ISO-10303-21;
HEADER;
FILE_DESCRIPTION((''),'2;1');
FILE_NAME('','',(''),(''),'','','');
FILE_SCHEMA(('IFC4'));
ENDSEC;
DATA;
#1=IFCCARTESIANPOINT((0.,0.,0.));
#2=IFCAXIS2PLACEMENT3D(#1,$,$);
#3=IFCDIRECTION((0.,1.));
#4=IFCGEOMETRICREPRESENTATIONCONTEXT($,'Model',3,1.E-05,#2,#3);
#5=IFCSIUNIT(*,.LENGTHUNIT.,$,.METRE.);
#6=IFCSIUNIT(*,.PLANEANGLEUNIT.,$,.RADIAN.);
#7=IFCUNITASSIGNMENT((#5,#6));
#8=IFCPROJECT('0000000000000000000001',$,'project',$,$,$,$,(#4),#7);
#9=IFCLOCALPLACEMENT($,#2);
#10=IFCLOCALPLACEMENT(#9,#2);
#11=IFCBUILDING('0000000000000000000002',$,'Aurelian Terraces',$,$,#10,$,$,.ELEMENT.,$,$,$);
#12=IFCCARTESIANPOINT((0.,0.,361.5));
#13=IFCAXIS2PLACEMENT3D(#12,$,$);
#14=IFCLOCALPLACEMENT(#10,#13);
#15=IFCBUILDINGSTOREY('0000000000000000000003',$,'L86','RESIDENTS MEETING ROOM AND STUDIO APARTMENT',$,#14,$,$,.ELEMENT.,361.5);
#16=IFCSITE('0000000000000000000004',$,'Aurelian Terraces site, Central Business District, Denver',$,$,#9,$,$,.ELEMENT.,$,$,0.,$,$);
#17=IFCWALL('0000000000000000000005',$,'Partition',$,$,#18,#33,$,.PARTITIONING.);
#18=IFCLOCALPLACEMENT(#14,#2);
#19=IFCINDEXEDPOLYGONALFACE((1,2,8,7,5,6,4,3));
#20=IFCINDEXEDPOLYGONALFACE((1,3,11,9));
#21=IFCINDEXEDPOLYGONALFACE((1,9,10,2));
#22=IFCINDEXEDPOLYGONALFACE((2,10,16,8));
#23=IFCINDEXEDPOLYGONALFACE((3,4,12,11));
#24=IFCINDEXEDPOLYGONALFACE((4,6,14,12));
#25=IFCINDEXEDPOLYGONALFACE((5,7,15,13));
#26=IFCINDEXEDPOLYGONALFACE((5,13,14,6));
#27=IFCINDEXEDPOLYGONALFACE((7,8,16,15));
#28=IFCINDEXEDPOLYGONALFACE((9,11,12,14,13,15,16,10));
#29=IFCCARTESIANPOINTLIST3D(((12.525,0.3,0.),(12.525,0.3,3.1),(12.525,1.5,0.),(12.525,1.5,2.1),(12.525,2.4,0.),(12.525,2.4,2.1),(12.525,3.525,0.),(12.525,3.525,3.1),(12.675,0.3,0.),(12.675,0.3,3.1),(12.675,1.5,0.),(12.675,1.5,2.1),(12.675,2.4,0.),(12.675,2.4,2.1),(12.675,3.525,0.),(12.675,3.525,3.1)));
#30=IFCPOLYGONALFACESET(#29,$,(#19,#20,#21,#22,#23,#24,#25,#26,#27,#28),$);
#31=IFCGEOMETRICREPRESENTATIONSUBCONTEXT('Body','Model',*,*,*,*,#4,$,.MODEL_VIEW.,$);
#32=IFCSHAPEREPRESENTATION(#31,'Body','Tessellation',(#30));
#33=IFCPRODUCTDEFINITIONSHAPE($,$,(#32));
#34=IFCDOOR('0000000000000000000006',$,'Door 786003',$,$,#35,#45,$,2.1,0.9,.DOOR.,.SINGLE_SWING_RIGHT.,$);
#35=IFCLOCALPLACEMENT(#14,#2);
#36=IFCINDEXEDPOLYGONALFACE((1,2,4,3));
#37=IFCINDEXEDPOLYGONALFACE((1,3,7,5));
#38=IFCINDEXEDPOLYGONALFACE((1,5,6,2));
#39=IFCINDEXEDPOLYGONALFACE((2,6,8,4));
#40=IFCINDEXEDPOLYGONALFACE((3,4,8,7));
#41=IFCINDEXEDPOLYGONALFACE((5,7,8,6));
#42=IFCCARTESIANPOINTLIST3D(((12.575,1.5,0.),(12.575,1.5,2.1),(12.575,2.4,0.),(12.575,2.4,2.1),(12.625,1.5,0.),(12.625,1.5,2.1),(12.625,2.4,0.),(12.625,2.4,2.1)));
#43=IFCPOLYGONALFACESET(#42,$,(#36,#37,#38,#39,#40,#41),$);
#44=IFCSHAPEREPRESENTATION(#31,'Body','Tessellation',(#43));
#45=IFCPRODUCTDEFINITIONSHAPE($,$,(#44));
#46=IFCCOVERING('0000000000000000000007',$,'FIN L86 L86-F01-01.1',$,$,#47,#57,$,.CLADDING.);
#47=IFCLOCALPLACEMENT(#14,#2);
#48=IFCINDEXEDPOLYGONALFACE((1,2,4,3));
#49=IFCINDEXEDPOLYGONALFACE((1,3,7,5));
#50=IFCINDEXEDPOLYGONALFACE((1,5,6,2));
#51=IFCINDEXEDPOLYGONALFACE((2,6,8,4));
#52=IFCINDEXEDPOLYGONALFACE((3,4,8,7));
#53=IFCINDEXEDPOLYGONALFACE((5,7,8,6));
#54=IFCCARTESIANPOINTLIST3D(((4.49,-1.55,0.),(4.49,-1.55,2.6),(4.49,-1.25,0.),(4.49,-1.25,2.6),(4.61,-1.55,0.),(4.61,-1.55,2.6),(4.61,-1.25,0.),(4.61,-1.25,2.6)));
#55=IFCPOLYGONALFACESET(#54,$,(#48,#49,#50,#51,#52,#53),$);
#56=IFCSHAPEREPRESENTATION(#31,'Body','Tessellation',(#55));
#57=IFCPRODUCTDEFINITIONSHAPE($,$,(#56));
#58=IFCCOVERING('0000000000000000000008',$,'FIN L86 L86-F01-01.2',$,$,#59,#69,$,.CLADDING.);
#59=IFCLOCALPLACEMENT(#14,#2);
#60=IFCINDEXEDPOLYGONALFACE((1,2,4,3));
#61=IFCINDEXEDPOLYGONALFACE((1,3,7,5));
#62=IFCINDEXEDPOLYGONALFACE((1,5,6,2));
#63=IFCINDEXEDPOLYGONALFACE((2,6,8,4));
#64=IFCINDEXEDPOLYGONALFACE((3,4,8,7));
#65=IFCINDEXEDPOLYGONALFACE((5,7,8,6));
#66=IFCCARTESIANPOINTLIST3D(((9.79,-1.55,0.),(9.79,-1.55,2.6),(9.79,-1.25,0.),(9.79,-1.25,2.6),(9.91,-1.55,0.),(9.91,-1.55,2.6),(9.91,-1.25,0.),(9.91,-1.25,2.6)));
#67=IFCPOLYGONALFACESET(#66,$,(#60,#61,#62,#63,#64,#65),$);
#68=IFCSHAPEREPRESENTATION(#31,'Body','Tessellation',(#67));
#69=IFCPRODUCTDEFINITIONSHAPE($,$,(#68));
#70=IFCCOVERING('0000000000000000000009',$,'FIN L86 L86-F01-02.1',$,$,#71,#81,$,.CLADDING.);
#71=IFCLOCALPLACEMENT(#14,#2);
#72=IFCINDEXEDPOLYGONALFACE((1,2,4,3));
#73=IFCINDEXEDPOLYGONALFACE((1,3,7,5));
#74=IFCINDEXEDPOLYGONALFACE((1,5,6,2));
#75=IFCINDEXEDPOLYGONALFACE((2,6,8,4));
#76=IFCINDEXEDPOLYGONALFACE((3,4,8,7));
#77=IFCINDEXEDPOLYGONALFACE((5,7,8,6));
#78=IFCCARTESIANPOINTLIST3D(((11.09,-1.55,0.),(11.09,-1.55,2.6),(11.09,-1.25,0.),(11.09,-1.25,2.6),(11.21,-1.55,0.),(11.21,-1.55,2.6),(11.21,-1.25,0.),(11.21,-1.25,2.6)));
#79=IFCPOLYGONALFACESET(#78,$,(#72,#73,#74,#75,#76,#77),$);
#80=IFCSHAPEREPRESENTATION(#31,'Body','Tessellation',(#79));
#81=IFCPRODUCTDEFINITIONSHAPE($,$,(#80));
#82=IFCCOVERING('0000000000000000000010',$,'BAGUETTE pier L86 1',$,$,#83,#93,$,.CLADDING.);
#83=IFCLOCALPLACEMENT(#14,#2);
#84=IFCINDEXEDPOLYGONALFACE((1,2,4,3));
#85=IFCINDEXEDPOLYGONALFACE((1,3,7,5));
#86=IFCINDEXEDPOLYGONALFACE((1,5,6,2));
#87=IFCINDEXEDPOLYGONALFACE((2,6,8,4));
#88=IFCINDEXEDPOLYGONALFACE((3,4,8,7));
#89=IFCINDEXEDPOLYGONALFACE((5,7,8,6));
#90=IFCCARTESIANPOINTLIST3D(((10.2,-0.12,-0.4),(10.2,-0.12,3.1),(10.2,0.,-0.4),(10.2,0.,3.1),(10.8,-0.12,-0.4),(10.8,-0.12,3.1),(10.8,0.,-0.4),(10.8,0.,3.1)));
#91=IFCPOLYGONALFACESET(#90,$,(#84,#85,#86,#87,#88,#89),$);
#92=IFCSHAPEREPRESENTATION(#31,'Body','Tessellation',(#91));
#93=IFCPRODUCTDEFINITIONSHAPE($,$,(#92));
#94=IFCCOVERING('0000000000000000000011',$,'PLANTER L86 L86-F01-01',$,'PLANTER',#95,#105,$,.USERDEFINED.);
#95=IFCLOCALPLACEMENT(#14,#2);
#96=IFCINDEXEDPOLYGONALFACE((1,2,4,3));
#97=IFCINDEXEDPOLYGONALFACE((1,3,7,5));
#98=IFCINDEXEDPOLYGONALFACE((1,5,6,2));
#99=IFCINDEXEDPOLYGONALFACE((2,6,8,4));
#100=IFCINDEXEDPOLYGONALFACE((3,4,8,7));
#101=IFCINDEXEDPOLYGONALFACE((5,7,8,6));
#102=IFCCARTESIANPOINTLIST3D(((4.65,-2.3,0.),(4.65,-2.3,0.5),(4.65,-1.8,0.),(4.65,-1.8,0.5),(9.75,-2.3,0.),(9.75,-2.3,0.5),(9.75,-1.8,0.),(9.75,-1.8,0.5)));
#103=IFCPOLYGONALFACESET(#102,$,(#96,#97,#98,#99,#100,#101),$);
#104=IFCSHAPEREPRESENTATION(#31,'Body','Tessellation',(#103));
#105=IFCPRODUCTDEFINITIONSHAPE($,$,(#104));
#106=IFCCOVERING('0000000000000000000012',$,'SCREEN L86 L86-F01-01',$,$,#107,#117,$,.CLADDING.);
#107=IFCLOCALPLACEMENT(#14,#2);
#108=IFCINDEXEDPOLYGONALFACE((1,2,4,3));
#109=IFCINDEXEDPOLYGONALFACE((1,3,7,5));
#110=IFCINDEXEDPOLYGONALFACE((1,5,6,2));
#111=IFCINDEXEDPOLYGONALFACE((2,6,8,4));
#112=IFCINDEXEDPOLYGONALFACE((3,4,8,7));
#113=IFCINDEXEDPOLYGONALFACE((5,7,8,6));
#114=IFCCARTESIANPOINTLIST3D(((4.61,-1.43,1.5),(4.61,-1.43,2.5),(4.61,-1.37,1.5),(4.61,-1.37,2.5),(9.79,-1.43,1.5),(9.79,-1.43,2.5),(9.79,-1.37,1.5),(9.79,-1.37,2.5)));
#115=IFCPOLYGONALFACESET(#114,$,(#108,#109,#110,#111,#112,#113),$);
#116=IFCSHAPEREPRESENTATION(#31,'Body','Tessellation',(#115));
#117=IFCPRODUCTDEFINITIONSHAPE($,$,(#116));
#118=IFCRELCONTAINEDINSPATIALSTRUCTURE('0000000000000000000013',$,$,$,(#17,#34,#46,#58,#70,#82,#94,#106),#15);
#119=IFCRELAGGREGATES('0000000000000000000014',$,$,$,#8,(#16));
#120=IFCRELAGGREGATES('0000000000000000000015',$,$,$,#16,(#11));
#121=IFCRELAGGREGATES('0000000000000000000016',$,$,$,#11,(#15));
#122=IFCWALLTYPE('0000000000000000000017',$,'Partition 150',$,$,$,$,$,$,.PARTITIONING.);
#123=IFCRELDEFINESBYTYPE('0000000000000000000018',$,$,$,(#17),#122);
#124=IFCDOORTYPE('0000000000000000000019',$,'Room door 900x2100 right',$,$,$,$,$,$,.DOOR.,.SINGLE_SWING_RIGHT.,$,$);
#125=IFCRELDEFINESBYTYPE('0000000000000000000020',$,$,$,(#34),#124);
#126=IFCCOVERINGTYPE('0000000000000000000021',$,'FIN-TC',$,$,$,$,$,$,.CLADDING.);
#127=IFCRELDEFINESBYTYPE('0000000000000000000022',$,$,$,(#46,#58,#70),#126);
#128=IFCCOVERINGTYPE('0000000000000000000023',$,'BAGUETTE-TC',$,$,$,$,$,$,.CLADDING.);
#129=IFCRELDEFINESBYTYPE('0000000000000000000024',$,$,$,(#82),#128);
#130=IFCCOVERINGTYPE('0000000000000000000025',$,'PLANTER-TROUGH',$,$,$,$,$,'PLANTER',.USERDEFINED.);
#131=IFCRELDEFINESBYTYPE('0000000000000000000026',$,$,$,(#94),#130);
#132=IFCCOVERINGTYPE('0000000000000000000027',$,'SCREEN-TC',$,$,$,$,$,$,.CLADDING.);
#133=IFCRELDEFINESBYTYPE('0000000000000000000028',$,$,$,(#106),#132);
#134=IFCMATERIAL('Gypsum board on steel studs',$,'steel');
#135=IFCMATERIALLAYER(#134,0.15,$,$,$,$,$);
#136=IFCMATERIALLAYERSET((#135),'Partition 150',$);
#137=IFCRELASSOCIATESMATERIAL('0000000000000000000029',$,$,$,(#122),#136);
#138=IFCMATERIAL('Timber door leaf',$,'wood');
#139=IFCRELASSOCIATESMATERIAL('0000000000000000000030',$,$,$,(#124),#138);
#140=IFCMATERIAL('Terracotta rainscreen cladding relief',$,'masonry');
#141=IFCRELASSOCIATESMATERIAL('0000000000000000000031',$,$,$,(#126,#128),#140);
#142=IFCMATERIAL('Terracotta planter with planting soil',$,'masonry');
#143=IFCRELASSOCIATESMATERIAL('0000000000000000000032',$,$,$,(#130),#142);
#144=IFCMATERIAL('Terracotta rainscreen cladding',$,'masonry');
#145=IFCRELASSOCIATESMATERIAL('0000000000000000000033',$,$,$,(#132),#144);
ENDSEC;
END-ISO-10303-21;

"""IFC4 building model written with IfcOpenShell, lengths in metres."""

from ifc_helpers import new_model, si_unit, direction, frame, frame_2d, origin, origin_2d, place, context, subcontext, project, spatial, rectangle, extrude, source, transform, mapped, material, layer, layer_set, type_object, element, fill, save


model = new_model("IFC4")

# Units and contexts
model_context = context("Model", 3, precision=1e-05, world=origin(), true_north=direction((0.0, 1.0)))
body_context = subcontext(model_context, "Body", "Model", "MODEL_VIEW")
ifc_project = project(units=[si_unit("LENGTHUNIT", "METRE"), si_unit("PLANEANGLEUNIT", "RADIAN")], contexts=[model_context])

# Site, building, storey
site_placement = place(None, origin())
site = spatial("IfcSite", under=ifc_project, at=site_placement, Name="Aurelian Terraces site, Central Business District, Denver", CompositionType="ELEMENT", RefElevation=0.0)
building_placement = place(site_placement, origin())
building = spatial("IfcBuilding", under=site, at=building_placement, Name="Aurelian Terraces", CompositionType="ELEMENT")
storey_placement = place(building_placement, frame((0.0, 0.0, 361.5)))
storey = spatial("IfcBuildingStorey", under=building, at=storey_placement, Name="L86", Description="RESIDENTS MEETING ROOM AND STUDIO APARTMENT", CompositionType="ELEMENT", Elevation=361.5)

# Shared definitions
shared_shape_1 = source(origin(), body_context, "Body", "SweptSolid", [
    extrude(rectangle(XDim=0.9, YDim=2.1, at=frame_2d((0.45, 1.05))), frame((0.0, 0.025, 0.0), z_axis=(0.0, -1.0, 0.0), x_axis=(1.0, 0.0, 0.0)), (0.0, 0.0, 1.0), 0.05),
])

# Shared definitions
ifc_material_1 = material(Name="Terracotta rainscreen cladding", Category="masonry")

# Wall, opening, door
ifc_material_2 = material(Name="Gypsum board on steel studs", Category="steel")
ifc_layer_1 = layer(ifc_material_2, 0.15)
ifc_layer_set_1 = layer_set([ifc_layer_1], Name="Partition 150")
wall_type_1 = type_object("IfcWallType", Name="Partition 150", PredefinedType="PARTITIONING", material=ifc_layer_set_1)
shared_shape_2 = source(origin(), body_context, "Body", "SweptSolid", [
    extrude(rectangle(XDim=3.225, YDim=0.15, at=frame_2d((1.6125, 0.0))), origin(), (0.0, 0.0, 1.0), 3.1),
])
wall_1_placement = place(storey_placement, frame((12.6, 3.525, 0.0), z_axis=(0.0, 0.0, 1.0), x_axis=(0.0, -1.0, 0.0)))
wall_1 = element("IfcWall", 1, at=wall_1_placement, inside=storey, type_object=wall_type_1, Name="Partition", PredefinedType="PARTITIONING", context=body_context, shape_type="MappedRepresentation", body=[
    mapped(shared_shape_2, transform((0.0, 0.0, 0.0), scale=1.0)),
])
shared_shape_3 = source(origin(), body_context, "Body", "SweptSolid", [
    extrude(rectangle(XDim=0.9, YDim=2.1, at=frame_2d((0.45, 1.05))), frame((0.0, 0.085, 0.0), z_axis=(0.0, -1.0, 0.0), x_axis=(1.0, 0.0, 0.0)), (0.0, 0.0, 1.0), 0.17),
])
opening_1_placement = place(wall_1_placement, frame((1.125, 0.0, 0.0)))
opening_1 = element("IfcOpeningElement", 2, at=opening_1_placement, cuts=wall_1, PredefinedType="OPENING", context=body_context, shape_type="MappedRepresentation", body=[
    mapped(shared_shape_3, transform((0.0, 0.0, 0.0), scale=1.0)),
])
ifc_material_3 = material(Name="Timber door leaf", Category="wood")
door_type_1 = type_object("IfcDoorType", Name="Room door 900x2100 right", OperationType="SINGLE_SWING_RIGHT", PredefinedType="DOOR", material=ifc_material_3)
door_1_placement = place(opening_1_placement, origin())
door_1 = element("IfcDoor", 3, at=door_1_placement, inside=storey, type_object=door_type_1, Name="Door 786003", OperationType="SINGLE_SWING_RIGHT", OverallHeight=2.1, OverallWidth=0.9, PredefinedType="DOOR", context=body_context, shape_type="MappedRepresentation", body=[
    mapped(shared_shape_1, transform((0.0, 0.0, 0.0), scale=1.0)),
])
fill(opening_1, door_1)

# Coverings
ifc_material_4 = material(Name="Terracotta rainscreen cladding relief", Category="masonry")
covering_type_1 = type_object("IfcCoveringType", Name="FIN-TC", PredefinedType="CLADDING", material=ifc_material_4)
shared_shape_4 = source(origin(), body_context, "Body", "SweptSolid", [
    extrude(rectangle(XDim=0.12, YDim=0.3, at=origin_2d()), origin(), (0.0, 0.0, 1.0), 2.6),
])
for number, where, z_axis, x_axis, name in (
    (4, (4.55, -1.4, 0.0), (0.0, 0.0, 1.0), (1.0, 0.0, 0.0), "FIN L86 L86-F01-01.1"),
    (5, (9.85, -1.4, 0.0), (0.0, 0.0, 1.0), (1.0, 0.0, 0.0), "FIN L86 L86-F01-01.2"),
    (6, (11.15, -1.4, 0.0), (0.0, 0.0, 1.0), (1.0, 0.0, 0.0), "FIN L86 L86-F01-02.1"),
):
    element("IfcCovering", number, at=place(storey_placement, frame(where, z_axis=z_axis, x_axis=x_axis)), inside=storey, type_object=covering_type_1, Name=name, PredefinedType="CLADDING", context=body_context, shape_type="MappedRepresentation", body=[
        mapped(shared_shape_4, transform((0.0, 0.0, 0.0), scale=1.0)),
    ])
covering_type_2 = type_object("IfcCoveringType", Name="BAGUETTE-TC", PredefinedType="CLADDING", material=ifc_material_4)
shared_shape_5 = source(origin(), body_context, "Body", "SweptSolid", [
    extrude(rectangle(XDim=0.6, YDim=0.12, at=origin_2d()), origin(), (0.0, 0.0, 1.0), 3.5),
])
covering_1_placement = place(storey_placement, frame((10.5, -0.06, -0.4), z_axis=(0.0, 0.0, 1.0), x_axis=(1.0, 0.0, 0.0)))
element("IfcCovering", 7, at=covering_1_placement, inside=storey, type_object=covering_type_2, Name="BAGUETTE pier L86 1", PredefinedType="CLADDING", context=body_context, shape_type="MappedRepresentation", body=[
    mapped(shared_shape_5, transform((0.0, 0.0, 0.0), scale=1.0)),
])

# Coverings
ifc_material_5 = material(Name="Terracotta planter with planting soil", Category="masonry")
covering_type_3 = type_object("IfcCoveringType", Name="PLANTER-TROUGH", ElementType="PLANTER", PredefinedType="USERDEFINED", material=ifc_material_5)
shared_shape_6 = source(origin(), body_context, "Body", "SweptSolid", [
    extrude(rectangle(XDim=5.1, YDim=0.5, at=origin_2d()), origin(), (0.0, 0.0, 1.0), 0.5),
])
covering_2_placement = place(storey_placement, frame((7.2, -2.05, 0.0), z_axis=(0.0, 0.0, 1.0), x_axis=(1.0, 0.0, 0.0)))
element("IfcCovering", 8, at=covering_2_placement, inside=storey, type_object=covering_type_3, Name="PLANTER L86 L86-F01-01", ObjectType="PLANTER", PredefinedType="USERDEFINED", context=body_context, shape_type="MappedRepresentation", body=[
    mapped(shared_shape_6, transform((0.0, 0.0, 0.0), scale=1.0)),
])
covering_type_4 = type_object("IfcCoveringType", Name="SCREEN-TC", PredefinedType="CLADDING", material=ifc_material_1)
shared_shape_7 = source(origin(), body_context, "Body", "SweptSolid", [
    extrude(rectangle(XDim=5.18, YDim=0.06, at=origin_2d()), origin(), (0.0, 0.0, 1.0), 1.0),
])
covering_3_placement = place(storey_placement, frame((7.2, -1.4, 1.5), z_axis=(0.0, 0.0, 1.0), x_axis=(1.0, 0.0, 0.0)))
element("IfcCovering", 9, at=covering_3_placement, inside=storey, type_object=covering_type_4, Name="SCREEN L86 L86-F01-01", PredefinedType="CLADDING", context=body_context, shape_type="MappedRepresentation", body=[
    mapped(shared_shape_7, transform((0.0, 0.0, 0.0), scale=1.0)),
])

save(model, "model.ifc")
